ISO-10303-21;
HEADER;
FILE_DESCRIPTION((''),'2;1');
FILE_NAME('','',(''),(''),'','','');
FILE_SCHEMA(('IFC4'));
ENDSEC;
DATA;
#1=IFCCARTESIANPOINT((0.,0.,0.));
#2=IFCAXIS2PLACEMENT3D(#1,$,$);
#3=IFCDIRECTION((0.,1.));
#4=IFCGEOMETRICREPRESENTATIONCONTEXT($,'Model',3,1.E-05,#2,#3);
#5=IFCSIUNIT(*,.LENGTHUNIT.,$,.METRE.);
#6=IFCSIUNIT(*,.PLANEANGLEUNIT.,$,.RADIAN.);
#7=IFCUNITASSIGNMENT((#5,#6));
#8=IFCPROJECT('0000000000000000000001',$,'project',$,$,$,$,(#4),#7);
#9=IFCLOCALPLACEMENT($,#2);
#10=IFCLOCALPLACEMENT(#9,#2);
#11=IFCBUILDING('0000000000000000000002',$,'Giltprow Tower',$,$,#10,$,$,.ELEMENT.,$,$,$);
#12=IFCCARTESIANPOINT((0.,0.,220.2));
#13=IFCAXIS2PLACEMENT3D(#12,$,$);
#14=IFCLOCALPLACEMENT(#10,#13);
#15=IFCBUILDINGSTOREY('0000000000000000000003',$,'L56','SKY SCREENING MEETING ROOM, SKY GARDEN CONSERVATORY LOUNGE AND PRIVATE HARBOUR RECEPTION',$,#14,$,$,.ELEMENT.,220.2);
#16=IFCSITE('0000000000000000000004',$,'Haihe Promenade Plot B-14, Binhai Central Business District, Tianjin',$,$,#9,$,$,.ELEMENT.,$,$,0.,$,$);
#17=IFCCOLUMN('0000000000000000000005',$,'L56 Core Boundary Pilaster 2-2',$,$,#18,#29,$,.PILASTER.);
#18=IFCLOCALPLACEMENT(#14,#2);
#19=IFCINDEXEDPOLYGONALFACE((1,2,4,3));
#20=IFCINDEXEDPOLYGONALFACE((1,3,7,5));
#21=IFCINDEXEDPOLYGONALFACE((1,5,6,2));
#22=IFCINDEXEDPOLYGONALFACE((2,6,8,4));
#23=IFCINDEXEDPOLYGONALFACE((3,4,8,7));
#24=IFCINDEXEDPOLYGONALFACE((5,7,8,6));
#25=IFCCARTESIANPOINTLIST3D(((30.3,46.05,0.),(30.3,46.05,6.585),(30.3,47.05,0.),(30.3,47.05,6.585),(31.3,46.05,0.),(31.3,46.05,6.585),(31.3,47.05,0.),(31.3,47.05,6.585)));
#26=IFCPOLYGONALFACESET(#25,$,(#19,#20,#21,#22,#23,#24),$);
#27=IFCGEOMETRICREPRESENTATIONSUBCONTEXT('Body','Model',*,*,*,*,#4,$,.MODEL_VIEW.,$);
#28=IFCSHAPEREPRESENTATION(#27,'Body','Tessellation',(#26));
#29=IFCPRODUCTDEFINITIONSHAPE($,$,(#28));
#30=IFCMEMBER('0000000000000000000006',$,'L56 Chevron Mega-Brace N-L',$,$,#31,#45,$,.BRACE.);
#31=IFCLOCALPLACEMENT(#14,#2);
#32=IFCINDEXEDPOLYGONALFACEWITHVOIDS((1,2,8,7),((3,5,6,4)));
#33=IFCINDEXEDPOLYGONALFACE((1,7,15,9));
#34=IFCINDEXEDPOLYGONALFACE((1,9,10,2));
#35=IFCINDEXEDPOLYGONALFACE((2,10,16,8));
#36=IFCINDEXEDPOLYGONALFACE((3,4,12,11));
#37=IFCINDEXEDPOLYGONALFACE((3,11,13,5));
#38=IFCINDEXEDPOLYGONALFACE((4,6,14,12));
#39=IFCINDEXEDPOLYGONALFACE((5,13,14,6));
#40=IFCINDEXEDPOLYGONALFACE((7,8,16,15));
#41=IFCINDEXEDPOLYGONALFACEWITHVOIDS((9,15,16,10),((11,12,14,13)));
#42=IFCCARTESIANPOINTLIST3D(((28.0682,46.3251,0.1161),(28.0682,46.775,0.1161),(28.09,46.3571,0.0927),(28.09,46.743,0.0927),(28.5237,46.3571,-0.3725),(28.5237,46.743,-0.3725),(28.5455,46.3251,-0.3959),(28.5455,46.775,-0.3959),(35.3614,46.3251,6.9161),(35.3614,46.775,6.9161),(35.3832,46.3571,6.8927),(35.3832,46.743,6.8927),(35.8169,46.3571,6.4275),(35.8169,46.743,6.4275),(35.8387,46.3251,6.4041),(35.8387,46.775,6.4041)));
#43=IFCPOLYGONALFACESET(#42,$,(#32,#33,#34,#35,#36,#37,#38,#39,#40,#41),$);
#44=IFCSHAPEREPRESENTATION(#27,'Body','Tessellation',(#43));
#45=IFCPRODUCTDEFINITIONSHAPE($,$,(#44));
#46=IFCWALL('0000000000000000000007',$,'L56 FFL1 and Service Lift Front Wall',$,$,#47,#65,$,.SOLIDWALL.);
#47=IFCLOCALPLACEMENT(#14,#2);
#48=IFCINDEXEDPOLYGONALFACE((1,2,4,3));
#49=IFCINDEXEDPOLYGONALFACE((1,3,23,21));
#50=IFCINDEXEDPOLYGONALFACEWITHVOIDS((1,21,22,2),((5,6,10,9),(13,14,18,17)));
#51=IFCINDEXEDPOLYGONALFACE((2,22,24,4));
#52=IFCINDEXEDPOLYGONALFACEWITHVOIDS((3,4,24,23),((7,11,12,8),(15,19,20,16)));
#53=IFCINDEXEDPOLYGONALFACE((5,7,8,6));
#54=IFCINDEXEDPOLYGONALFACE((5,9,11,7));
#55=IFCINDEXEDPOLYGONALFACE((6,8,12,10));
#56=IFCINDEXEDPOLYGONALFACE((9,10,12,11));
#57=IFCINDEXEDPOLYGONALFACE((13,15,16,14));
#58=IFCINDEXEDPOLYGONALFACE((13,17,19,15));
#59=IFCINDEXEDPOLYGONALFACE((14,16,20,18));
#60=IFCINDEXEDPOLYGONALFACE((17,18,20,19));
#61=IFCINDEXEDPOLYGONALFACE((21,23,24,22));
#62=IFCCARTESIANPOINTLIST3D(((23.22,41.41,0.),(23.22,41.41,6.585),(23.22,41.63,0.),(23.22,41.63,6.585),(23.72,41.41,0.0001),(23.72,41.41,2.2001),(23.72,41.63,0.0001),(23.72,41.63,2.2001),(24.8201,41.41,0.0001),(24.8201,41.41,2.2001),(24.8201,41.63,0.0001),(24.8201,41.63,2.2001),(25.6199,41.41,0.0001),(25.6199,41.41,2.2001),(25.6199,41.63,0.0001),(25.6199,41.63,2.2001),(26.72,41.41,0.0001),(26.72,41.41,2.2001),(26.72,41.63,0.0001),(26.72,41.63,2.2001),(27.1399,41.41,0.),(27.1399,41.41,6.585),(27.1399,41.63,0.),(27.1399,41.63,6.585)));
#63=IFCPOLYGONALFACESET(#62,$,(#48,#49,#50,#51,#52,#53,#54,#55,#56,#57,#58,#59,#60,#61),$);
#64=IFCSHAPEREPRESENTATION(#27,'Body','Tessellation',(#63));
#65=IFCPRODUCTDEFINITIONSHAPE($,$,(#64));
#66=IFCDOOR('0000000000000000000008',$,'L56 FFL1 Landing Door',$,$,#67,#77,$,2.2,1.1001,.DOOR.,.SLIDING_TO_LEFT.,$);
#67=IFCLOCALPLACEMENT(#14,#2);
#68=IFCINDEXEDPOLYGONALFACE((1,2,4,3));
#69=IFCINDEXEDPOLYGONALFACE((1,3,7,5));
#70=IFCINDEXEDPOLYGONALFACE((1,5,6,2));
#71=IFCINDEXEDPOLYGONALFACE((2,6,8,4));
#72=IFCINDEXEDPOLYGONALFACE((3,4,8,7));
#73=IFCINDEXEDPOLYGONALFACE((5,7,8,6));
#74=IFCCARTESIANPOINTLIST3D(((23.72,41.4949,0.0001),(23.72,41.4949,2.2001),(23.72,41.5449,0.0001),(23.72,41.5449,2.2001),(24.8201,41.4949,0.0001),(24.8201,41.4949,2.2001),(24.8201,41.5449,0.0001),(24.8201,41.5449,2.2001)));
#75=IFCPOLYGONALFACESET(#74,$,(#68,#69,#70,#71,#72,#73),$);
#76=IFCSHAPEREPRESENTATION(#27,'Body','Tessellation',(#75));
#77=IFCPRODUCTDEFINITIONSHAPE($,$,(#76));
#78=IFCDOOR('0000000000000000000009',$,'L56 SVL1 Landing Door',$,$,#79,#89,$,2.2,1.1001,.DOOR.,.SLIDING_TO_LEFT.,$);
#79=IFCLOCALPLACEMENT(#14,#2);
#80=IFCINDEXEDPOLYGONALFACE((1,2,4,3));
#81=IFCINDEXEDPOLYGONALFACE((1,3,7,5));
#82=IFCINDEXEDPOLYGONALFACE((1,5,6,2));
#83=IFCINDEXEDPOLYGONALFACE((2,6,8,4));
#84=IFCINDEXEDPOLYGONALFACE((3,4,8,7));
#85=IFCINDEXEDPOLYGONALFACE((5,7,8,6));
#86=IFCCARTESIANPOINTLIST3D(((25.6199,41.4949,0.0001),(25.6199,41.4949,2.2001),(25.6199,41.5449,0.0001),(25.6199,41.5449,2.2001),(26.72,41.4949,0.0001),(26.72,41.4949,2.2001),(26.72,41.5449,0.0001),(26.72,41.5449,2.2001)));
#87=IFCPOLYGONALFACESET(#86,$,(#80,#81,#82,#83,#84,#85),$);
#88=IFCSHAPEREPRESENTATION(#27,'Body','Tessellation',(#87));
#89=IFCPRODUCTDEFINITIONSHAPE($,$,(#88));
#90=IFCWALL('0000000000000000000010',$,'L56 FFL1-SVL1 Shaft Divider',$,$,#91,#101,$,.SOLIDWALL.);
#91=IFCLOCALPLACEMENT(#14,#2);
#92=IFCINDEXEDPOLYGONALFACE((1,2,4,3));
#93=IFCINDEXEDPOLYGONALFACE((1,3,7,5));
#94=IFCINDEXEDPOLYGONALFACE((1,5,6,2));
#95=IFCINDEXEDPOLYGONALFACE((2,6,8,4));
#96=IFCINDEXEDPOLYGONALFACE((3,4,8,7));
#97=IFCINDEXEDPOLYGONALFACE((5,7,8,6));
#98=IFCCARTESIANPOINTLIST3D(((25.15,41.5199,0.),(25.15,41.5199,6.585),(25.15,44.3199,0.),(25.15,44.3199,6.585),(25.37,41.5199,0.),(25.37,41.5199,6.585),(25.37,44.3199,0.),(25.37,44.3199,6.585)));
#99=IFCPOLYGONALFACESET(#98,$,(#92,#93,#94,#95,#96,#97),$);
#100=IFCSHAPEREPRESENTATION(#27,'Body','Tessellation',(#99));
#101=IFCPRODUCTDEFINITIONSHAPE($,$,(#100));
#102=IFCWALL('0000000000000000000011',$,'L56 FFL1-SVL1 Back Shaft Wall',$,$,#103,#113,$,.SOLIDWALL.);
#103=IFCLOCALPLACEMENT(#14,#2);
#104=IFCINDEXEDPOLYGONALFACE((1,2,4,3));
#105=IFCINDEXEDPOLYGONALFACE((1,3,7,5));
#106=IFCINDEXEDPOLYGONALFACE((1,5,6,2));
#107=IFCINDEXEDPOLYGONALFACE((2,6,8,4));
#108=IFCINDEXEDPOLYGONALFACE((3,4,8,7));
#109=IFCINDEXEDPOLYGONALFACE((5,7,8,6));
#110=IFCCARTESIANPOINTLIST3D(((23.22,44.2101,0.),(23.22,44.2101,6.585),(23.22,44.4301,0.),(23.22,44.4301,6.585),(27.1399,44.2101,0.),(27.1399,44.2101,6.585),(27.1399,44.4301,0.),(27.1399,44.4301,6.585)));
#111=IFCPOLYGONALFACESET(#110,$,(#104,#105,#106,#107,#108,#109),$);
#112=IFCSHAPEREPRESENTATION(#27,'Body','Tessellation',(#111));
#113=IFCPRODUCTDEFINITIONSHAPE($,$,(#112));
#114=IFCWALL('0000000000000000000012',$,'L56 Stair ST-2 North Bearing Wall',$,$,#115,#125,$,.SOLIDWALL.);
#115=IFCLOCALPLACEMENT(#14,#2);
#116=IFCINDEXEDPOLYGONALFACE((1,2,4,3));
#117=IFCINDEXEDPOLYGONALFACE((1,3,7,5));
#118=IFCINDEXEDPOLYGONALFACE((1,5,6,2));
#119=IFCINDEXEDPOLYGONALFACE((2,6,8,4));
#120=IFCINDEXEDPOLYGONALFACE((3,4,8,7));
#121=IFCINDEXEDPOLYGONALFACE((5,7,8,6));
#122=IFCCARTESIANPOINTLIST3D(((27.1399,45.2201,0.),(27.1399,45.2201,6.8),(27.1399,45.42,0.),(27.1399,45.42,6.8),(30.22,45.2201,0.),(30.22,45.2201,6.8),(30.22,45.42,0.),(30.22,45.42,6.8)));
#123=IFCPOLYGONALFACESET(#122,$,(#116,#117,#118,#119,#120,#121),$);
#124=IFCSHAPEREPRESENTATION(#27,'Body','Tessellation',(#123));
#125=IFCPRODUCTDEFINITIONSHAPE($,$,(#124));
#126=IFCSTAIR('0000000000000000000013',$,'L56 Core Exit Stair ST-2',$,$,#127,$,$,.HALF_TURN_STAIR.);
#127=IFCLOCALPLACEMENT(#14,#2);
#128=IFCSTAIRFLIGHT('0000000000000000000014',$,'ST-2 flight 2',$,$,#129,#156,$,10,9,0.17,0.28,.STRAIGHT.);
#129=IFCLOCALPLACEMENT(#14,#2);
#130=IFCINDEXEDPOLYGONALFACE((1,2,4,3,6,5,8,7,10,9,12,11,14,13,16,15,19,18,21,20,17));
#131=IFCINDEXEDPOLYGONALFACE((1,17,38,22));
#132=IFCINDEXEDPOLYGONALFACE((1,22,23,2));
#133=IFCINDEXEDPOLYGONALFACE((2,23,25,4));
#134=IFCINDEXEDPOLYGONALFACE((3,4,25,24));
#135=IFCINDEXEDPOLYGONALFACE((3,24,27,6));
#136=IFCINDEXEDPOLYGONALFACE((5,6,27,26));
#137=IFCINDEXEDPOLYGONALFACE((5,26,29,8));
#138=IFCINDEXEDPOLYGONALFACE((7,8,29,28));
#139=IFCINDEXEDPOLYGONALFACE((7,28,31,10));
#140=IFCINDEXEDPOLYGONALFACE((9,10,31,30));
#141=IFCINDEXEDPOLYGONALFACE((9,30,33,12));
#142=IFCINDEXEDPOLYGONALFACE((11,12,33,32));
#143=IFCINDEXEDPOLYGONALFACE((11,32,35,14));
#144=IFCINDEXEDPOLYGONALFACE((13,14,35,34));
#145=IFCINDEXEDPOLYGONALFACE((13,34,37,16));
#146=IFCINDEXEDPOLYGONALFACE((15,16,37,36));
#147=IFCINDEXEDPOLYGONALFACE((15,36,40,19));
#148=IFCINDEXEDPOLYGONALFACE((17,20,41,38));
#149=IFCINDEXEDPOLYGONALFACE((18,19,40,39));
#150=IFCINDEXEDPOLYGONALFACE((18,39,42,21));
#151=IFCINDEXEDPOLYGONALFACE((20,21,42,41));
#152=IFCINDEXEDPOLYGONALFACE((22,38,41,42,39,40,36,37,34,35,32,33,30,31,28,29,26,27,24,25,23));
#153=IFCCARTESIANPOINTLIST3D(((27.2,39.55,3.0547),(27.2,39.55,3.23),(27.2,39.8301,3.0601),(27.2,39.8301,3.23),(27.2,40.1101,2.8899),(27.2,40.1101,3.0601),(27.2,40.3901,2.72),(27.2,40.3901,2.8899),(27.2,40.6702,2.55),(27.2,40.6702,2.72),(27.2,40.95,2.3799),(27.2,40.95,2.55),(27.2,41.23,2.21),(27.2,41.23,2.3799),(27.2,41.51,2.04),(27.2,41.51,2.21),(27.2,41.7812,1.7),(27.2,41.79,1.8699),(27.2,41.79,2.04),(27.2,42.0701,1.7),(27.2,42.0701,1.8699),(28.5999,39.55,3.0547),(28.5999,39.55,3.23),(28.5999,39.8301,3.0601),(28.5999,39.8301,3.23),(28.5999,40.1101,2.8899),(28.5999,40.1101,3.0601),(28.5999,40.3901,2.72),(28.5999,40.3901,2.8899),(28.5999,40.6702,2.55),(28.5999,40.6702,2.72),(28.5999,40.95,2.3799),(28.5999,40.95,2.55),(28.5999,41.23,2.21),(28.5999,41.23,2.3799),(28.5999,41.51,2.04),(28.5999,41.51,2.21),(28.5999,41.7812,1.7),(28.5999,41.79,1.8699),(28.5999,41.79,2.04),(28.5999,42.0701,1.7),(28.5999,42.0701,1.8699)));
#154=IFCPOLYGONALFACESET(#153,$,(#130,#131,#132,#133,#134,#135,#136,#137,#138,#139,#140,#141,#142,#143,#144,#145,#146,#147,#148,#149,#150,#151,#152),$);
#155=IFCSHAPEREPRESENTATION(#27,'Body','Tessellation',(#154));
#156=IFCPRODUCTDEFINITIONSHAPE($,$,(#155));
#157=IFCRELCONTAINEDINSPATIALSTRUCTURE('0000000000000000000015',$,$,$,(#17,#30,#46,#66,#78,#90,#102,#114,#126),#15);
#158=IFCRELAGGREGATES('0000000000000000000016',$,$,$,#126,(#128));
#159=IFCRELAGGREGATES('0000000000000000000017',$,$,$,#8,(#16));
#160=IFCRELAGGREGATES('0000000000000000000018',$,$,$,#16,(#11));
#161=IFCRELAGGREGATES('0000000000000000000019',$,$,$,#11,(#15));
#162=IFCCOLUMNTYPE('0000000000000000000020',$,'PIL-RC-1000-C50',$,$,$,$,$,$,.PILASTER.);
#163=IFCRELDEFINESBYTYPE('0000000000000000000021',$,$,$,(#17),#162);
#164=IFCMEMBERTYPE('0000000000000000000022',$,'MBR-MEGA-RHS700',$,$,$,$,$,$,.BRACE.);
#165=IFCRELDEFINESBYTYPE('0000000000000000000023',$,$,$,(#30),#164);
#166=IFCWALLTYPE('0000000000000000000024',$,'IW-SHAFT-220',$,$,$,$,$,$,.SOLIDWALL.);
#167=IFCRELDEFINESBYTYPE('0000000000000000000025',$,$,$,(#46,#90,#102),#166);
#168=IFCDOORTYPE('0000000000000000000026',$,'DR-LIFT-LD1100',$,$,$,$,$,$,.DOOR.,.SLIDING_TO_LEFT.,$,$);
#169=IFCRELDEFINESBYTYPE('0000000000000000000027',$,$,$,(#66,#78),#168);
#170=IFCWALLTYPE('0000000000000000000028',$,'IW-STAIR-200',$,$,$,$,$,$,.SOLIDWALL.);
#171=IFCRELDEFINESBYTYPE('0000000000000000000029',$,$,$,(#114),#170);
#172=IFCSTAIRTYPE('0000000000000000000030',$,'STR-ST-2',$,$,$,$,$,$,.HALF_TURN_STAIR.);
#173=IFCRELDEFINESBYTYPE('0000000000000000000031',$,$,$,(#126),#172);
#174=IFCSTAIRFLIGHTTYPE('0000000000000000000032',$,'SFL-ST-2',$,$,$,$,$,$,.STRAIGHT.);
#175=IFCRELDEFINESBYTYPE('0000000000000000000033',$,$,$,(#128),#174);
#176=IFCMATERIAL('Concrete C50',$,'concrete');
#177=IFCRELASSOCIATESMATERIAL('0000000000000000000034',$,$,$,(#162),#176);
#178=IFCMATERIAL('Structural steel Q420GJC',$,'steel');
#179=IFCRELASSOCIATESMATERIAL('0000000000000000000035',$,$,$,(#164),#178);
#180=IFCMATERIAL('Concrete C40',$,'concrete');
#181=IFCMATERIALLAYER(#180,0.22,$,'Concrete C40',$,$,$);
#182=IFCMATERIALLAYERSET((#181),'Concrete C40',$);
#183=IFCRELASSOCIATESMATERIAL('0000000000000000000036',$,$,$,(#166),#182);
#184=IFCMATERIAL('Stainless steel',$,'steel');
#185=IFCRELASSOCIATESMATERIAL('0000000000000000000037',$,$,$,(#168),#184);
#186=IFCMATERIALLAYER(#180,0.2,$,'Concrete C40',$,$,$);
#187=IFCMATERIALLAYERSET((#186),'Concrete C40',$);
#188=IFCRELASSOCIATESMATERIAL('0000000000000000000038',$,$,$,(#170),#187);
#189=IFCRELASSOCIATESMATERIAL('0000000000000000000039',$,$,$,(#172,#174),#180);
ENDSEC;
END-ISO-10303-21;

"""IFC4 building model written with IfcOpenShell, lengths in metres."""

from ifc_helpers import new_model, si_unit, direction, frame, frame_2d, origin, origin_2d, place, context, subcontext, project, spatial, polyline, rectangle, hollow_rectangle, outline, extrude, source, transform, mapped, material, layer, layer_set, material_profile, profile_set, type_object, element, fill, aggregate, save


model = new_model("IFC4")

# Units and contexts
model_context = context("Model", 3, precision=1e-05, world=origin(), true_north=direction((0.0, 1.0)))
body_context = subcontext(model_context, "Body", "Model", "MODEL_VIEW")
ifc_project = project(units=[si_unit("LENGTHUNIT", "METRE"), si_unit("PLANEANGLEUNIT", "RADIAN")], contexts=[model_context])

# Site, building, storey
site_placement = place(None, origin())
site = spatial("IfcSite", under=ifc_project, at=site_placement, Name="Haihe Promenade Plot B-14, Binhai Central Business District, Tianjin", CompositionType="ELEMENT", RefElevation=0.0)
building_placement = place(site_placement, origin())
building = spatial("IfcBuilding", under=site, at=building_placement, Name="Giltprow Tower", CompositionType="ELEMENT")
storey_placement = place(building_placement, frame((0.0, 0.0, 220.2)))
storey = spatial("IfcBuildingStorey", under=building, at=storey_placement, Name="L56", Description="SKY SCREENING MEETING ROOM, SKY GARDEN CONSERVATORY LOUNGE AND PRIVATE HARBOUR RECEPTION", CompositionType="ELEMENT", Elevation=220.2)

# Column
ifc_material_1 = material(Name="Concrete C50", Category="concrete")
ifc_material_profile_1 = material_profile(ifc_material_1, rectangle(XDim=1.0, YDim=1.0, at=origin_2d()), Name="RC 1000x1000")
ifc_profile_set_1 = profile_set([ifc_material_profile_1], Name="Concrete C50")
column_type = type_object("IfcColumnType", Name="PIL-RC-1000-C50", PredefinedType="PILASTER", material=ifc_profile_set_1)
shared_shape_1 = source(origin(), body_context, "Body", "SweptSolid", [
    extrude(rectangle(XDim=1.0, YDim=1.0, at=origin_2d()), origin(), (0.0, 0.0, 1.0), 6.585),
])
column_placement = place(storey_placement, frame((30.8, 46.55, 0.0), z_axis=(0.0, 0.0, 1.0), x_axis=(1.0, 0.0, 0.0)))
element("IfcColumn", 1, at=column_placement, inside=storey, type_object=column_type, Name="L56 Core Boundary Pilaster 2-2", PredefinedType="PILASTER", context=body_context, shape_type="MappedRepresentation", body=[
    mapped(shared_shape_1, transform((0.0, 0.0, 0.0), x_axis=(1.0, 0.0, 0.0), y_axis=(0.0, 1.0, 0.0), z_axis=(0.0, 0.0, 1.0), scale=1.0)),
])

# Member
ifc_material_2 = material(Name="Structural steel Q420GJC", Category="steel")
ifc_material_profile_2 = material_profile(ifc_material_2, hollow_rectangle(XDim=0.45, YDim=0.7, WallThickness=0.032, at=origin_2d()), Name="RHS 700x450x32")
ifc_profile_set_2 = profile_set([ifc_material_profile_2], Name="Structural steel Q420GJC")
member_type = type_object("IfcMemberType", Name="MBR-MEGA-RHS700", PredefinedType="BRACE", material=ifc_profile_set_2)
shared_shape_2 = source(origin(), body_context, "Body", "SweptSolid", [
    extrude(hollow_rectangle(XDim=0.45, YDim=0.7, WallThickness=0.032, at=origin_2d()), origin(), (0.0, 0.0, 1.0), 9.9714),
])
member_placement = place(storey_placement, frame((28.3069, 46.55, -0.1399), z_axis=(0.731403, 0.0, 0.681946), x_axis=(0.0, 1.0, 0.0)))
element("IfcMember", 2, at=member_placement, inside=storey, type_object=member_type, Name="L56 Chevron Mega-Brace N-L", PredefinedType="BRACE", context=body_context, shape_type="MappedRepresentation", body=[
    mapped(shared_shape_2, transform((0.0, 0.0, 0.0), x_axis=(1.0, 0.0, 0.0), y_axis=(0.0, 1.0, 0.0), z_axis=(0.0, 0.0, 1.0), scale=1.0)),
])

# Wall, openings, doors
ifc_material_3 = material(Name="Concrete C40", Category="concrete")
ifc_layer_1 = layer(ifc_material_3, 0.22, Name="Concrete C40")
ifc_layer_set_1 = layer_set([ifc_layer_1], Name="Concrete C40")
wall_type_1 = type_object("IfcWallType", Name="IW-SHAFT-220", PredefinedType="SOLIDWALL", material=ifc_layer_set_1)
wall_1_placement = place(storey_placement, frame((23.22, 41.52, 0.0), z_axis=(0.0, 0.0, 1.0), x_axis=(1.0, 0.0, 0.0)))
wall_1 = element("IfcWall", 3, at=wall_1_placement, inside=storey, type_object=wall_type_1, Name="L56 FFL1 and Service Lift Front Wall", PredefinedType="SOLIDWALL", context=body_context, shape_type="SweptSolid", body=[
    extrude(rectangle(XDim=3.9199, YDim=0.22, at=frame_2d((1.96, 0.0))), origin(), (0.0, 0.0, 1.0), 6.585),
])
opening_1_placement = place(wall_1_placement, frame((0.5, 0.0, 0.0)))
opening_1 = element("IfcOpeningElement", 4, at=opening_1_placement, cuts=wall_1, PredefinedType="OPENING", context=body_context, shape_type="SweptSolid", body=[
    extrude(rectangle(XDim=1.1001, YDim=2.2, at=frame_2d((0.55, 1.1001))), frame((0.0, 0.1199, 0.0), z_axis=(0.0, -1.0, 0.0), x_axis=(1.0, 0.0, 0.0)), (0.0, 0.0, 1.0), 0.24),
])
opening_2_placement = place(wall_1_placement, frame((2.3999, 0.0, 0.0)))
opening_2 = element("IfcOpeningElement", 5, at=opening_2_placement, cuts=wall_1, PredefinedType="OPENING", context=body_context, shape_type="SweptSolid", body=[
    extrude(rectangle(XDim=1.1001, YDim=2.2, at=frame_2d((0.55, 1.1001))), frame((0.0, 0.1199, 0.0), z_axis=(0.0, -1.0, 0.0), x_axis=(1.0, 0.0, 0.0)), (0.0, 0.0, 1.0), 0.24),
])
ifc_material_4 = material(Name="Stainless steel", Category="steel")
door_type = type_object("IfcDoorType", Name="DR-LIFT-LD1100", OperationType="SLIDING_TO_LEFT", PredefinedType="DOOR", material=ifc_material_4)
shared_shape_3 = source(origin(), body_context, "Body", "SweptSolid", [
    extrude(rectangle(XDim=1.1001, YDim=2.2, at=frame_2d((0.55, 1.1001))), frame((0.0, 0.0249, 0.0), z_axis=(0.0, -1.0, 0.0), x_axis=(1.0, 0.0, 0.0)), (0.0, 0.0, 1.0), 0.05),
])
door_1_placement = place(opening_1_placement, origin())
door_1 = element("IfcDoor", 6, at=door_1_placement, inside=storey, type_object=door_type, Name="L56 FFL1 Landing Door", OperationType="SLIDING_TO_LEFT", OverallHeight=2.2, OverallWidth=1.1001, PredefinedType="DOOR", context=body_context, shape_type="MappedRepresentation", body=[
    mapped(shared_shape_3, transform((0.0, 0.0, 0.0), x_axis=(1.0, 0.0, 0.0), y_axis=(0.0, 1.0, 0.0), z_axis=(0.0, 0.0, 1.0), scale=1.0)),
])
fill(opening_1, door_1)
door_2_placement = place(opening_2_placement, origin())
door_2 = element("IfcDoor", 7, at=door_2_placement, inside=storey, type_object=door_type, Name="L56 SVL1 Landing Door", OperationType="SLIDING_TO_LEFT", OverallHeight=2.2, OverallWidth=1.1001, PredefinedType="DOOR", context=body_context, shape_type="MappedRepresentation", body=[
    mapped(shared_shape_3, transform((0.0, 0.0, 0.0), x_axis=(1.0, 0.0, 0.0), y_axis=(0.0, 1.0, 0.0), z_axis=(0.0, 0.0, 1.0), scale=1.0)),
])
fill(opening_2, door_2)

# Walls
wall_2_placement = place(storey_placement, frame((25.26, 41.52, 0.0), z_axis=(0.0, 0.0, 1.0), x_axis=(0.0, 1.0, 0.0)))
element("IfcWall", 8, at=wall_2_placement, inside=storey, type_object=wall_type_1, Name="L56 FFL1-SVL1 Shaft Divider", PredefinedType="SOLIDWALL", context=body_context, shape_type="SweptSolid", body=[
    extrude(rectangle(XDim=2.8, YDim=0.22, at=frame_2d((1.3999, 0.0))), origin(), (0.0, 0.0, 1.0), 6.585),
])
wall_3_placement = place(storey_placement, frame((23.22, 44.3201, 0.0), z_axis=(0.0, 0.0, 1.0), x_axis=(1.0, 0.0, 0.0)))
element("IfcWall", 9, at=wall_3_placement, inside=storey, type_object=wall_type_1, Name="L56 FFL1-SVL1 Back Shaft Wall", PredefinedType="SOLIDWALL", context=body_context, shape_type="SweptSolid", body=[
    extrude(rectangle(XDim=3.9199, YDim=0.22, at=frame_2d((1.96, 0.0))), origin(), (0.0, 0.0, 1.0), 6.585),
])
ifc_layer_2 = layer(ifc_material_3, 0.2, Name="Concrete C40")
ifc_layer_set_2 = layer_set([ifc_layer_2], Name="Concrete C40")
wall_type_2 = type_object("IfcWallType", Name="IW-STAIR-200", PredefinedType="SOLIDWALL", material=ifc_layer_set_2)
wall_4_placement = place(storey_placement, frame((27.1399, 45.3201, 0.0), z_axis=(0.0, 0.0, 1.0), x_axis=(1.0, 0.0, 0.0)))
element("IfcWall", 10, at=wall_4_placement, inside=storey, type_object=wall_type_2, Name="L56 Stair ST-2 North Bearing Wall", PredefinedType="SOLIDWALL", context=body_context, shape_type="SweptSolid", body=[
    extrude(rectangle(XDim=3.0801, YDim=0.2, at=frame_2d((1.54, 0.0))), origin(), (0.0, 0.0, 1.0), 6.8),
])

# Stair, stair flight
stair_type = type_object("IfcStairType", Name="STR-ST-2", PredefinedType="HALF_TURN_STAIR", material=ifc_material_3)
stair_placement = place(storey_placement, origin())
stair = element("IfcStair", 11, at=stair_placement, inside=storey, type_object=stair_type, Name="L56 Core Exit Stair ST-2", PredefinedType="HALF_TURN_STAIR")
stair_flight_type = type_object("IfcStairFlightType", Name="SFL-ST-2", PredefinedType="STRAIGHT", material=ifc_material_3)
stair_flight_1_placement = place(storey_placement, frame((27.8999, 42.0701, 1.7), z_axis=(0.0, 0.0, 1.0), x_axis=(0.0, -1.0, 0.0)))
stair_flight_1 = element("IfcStairFlight", 12, at=stair_flight_1_placement, type_object=stair_flight_type, Name="ST-2 flight 2", NumberOfRisers=10, NumberOfTreads=9, PredefinedType="STRAIGHT", RiserHeight=0.17, TreadLength=0.28, context=body_context, shape_type="SweptSolid", body=[
    extrude(outline(polyline([(0.0, 0.0), (0.0, 0.1699), (0.28, 0.1699), (0.28, 0.3401), (0.5601, 0.3401), (0.5601, 0.51), (0.8401, 0.51), (0.8401, 0.6799), (1.1201, 0.6799), (1.1201, 0.8501), (1.3999, 0.8501), (1.3999, 1.02), (1.6799, 1.02), (1.6799, 1.1899), (1.96, 1.1899), (1.96, 1.3601), (2.24, 1.3601), (2.24, 1.53), (2.52, 1.53), (2.52, 1.7), (2.52, 1.3547), (0.2888, 0.0), (0.0, 0.0)])), frame((0.0, 0.7, 0.0), z_axis=(0.0, -1.0, 0.0), x_axis=(1.0, 0.0, 0.0)), (0.0, 0.0, 1.0), 1.3999),
])
aggregate(stair, [stair_flight_1])

save(model, "model.ifc")
